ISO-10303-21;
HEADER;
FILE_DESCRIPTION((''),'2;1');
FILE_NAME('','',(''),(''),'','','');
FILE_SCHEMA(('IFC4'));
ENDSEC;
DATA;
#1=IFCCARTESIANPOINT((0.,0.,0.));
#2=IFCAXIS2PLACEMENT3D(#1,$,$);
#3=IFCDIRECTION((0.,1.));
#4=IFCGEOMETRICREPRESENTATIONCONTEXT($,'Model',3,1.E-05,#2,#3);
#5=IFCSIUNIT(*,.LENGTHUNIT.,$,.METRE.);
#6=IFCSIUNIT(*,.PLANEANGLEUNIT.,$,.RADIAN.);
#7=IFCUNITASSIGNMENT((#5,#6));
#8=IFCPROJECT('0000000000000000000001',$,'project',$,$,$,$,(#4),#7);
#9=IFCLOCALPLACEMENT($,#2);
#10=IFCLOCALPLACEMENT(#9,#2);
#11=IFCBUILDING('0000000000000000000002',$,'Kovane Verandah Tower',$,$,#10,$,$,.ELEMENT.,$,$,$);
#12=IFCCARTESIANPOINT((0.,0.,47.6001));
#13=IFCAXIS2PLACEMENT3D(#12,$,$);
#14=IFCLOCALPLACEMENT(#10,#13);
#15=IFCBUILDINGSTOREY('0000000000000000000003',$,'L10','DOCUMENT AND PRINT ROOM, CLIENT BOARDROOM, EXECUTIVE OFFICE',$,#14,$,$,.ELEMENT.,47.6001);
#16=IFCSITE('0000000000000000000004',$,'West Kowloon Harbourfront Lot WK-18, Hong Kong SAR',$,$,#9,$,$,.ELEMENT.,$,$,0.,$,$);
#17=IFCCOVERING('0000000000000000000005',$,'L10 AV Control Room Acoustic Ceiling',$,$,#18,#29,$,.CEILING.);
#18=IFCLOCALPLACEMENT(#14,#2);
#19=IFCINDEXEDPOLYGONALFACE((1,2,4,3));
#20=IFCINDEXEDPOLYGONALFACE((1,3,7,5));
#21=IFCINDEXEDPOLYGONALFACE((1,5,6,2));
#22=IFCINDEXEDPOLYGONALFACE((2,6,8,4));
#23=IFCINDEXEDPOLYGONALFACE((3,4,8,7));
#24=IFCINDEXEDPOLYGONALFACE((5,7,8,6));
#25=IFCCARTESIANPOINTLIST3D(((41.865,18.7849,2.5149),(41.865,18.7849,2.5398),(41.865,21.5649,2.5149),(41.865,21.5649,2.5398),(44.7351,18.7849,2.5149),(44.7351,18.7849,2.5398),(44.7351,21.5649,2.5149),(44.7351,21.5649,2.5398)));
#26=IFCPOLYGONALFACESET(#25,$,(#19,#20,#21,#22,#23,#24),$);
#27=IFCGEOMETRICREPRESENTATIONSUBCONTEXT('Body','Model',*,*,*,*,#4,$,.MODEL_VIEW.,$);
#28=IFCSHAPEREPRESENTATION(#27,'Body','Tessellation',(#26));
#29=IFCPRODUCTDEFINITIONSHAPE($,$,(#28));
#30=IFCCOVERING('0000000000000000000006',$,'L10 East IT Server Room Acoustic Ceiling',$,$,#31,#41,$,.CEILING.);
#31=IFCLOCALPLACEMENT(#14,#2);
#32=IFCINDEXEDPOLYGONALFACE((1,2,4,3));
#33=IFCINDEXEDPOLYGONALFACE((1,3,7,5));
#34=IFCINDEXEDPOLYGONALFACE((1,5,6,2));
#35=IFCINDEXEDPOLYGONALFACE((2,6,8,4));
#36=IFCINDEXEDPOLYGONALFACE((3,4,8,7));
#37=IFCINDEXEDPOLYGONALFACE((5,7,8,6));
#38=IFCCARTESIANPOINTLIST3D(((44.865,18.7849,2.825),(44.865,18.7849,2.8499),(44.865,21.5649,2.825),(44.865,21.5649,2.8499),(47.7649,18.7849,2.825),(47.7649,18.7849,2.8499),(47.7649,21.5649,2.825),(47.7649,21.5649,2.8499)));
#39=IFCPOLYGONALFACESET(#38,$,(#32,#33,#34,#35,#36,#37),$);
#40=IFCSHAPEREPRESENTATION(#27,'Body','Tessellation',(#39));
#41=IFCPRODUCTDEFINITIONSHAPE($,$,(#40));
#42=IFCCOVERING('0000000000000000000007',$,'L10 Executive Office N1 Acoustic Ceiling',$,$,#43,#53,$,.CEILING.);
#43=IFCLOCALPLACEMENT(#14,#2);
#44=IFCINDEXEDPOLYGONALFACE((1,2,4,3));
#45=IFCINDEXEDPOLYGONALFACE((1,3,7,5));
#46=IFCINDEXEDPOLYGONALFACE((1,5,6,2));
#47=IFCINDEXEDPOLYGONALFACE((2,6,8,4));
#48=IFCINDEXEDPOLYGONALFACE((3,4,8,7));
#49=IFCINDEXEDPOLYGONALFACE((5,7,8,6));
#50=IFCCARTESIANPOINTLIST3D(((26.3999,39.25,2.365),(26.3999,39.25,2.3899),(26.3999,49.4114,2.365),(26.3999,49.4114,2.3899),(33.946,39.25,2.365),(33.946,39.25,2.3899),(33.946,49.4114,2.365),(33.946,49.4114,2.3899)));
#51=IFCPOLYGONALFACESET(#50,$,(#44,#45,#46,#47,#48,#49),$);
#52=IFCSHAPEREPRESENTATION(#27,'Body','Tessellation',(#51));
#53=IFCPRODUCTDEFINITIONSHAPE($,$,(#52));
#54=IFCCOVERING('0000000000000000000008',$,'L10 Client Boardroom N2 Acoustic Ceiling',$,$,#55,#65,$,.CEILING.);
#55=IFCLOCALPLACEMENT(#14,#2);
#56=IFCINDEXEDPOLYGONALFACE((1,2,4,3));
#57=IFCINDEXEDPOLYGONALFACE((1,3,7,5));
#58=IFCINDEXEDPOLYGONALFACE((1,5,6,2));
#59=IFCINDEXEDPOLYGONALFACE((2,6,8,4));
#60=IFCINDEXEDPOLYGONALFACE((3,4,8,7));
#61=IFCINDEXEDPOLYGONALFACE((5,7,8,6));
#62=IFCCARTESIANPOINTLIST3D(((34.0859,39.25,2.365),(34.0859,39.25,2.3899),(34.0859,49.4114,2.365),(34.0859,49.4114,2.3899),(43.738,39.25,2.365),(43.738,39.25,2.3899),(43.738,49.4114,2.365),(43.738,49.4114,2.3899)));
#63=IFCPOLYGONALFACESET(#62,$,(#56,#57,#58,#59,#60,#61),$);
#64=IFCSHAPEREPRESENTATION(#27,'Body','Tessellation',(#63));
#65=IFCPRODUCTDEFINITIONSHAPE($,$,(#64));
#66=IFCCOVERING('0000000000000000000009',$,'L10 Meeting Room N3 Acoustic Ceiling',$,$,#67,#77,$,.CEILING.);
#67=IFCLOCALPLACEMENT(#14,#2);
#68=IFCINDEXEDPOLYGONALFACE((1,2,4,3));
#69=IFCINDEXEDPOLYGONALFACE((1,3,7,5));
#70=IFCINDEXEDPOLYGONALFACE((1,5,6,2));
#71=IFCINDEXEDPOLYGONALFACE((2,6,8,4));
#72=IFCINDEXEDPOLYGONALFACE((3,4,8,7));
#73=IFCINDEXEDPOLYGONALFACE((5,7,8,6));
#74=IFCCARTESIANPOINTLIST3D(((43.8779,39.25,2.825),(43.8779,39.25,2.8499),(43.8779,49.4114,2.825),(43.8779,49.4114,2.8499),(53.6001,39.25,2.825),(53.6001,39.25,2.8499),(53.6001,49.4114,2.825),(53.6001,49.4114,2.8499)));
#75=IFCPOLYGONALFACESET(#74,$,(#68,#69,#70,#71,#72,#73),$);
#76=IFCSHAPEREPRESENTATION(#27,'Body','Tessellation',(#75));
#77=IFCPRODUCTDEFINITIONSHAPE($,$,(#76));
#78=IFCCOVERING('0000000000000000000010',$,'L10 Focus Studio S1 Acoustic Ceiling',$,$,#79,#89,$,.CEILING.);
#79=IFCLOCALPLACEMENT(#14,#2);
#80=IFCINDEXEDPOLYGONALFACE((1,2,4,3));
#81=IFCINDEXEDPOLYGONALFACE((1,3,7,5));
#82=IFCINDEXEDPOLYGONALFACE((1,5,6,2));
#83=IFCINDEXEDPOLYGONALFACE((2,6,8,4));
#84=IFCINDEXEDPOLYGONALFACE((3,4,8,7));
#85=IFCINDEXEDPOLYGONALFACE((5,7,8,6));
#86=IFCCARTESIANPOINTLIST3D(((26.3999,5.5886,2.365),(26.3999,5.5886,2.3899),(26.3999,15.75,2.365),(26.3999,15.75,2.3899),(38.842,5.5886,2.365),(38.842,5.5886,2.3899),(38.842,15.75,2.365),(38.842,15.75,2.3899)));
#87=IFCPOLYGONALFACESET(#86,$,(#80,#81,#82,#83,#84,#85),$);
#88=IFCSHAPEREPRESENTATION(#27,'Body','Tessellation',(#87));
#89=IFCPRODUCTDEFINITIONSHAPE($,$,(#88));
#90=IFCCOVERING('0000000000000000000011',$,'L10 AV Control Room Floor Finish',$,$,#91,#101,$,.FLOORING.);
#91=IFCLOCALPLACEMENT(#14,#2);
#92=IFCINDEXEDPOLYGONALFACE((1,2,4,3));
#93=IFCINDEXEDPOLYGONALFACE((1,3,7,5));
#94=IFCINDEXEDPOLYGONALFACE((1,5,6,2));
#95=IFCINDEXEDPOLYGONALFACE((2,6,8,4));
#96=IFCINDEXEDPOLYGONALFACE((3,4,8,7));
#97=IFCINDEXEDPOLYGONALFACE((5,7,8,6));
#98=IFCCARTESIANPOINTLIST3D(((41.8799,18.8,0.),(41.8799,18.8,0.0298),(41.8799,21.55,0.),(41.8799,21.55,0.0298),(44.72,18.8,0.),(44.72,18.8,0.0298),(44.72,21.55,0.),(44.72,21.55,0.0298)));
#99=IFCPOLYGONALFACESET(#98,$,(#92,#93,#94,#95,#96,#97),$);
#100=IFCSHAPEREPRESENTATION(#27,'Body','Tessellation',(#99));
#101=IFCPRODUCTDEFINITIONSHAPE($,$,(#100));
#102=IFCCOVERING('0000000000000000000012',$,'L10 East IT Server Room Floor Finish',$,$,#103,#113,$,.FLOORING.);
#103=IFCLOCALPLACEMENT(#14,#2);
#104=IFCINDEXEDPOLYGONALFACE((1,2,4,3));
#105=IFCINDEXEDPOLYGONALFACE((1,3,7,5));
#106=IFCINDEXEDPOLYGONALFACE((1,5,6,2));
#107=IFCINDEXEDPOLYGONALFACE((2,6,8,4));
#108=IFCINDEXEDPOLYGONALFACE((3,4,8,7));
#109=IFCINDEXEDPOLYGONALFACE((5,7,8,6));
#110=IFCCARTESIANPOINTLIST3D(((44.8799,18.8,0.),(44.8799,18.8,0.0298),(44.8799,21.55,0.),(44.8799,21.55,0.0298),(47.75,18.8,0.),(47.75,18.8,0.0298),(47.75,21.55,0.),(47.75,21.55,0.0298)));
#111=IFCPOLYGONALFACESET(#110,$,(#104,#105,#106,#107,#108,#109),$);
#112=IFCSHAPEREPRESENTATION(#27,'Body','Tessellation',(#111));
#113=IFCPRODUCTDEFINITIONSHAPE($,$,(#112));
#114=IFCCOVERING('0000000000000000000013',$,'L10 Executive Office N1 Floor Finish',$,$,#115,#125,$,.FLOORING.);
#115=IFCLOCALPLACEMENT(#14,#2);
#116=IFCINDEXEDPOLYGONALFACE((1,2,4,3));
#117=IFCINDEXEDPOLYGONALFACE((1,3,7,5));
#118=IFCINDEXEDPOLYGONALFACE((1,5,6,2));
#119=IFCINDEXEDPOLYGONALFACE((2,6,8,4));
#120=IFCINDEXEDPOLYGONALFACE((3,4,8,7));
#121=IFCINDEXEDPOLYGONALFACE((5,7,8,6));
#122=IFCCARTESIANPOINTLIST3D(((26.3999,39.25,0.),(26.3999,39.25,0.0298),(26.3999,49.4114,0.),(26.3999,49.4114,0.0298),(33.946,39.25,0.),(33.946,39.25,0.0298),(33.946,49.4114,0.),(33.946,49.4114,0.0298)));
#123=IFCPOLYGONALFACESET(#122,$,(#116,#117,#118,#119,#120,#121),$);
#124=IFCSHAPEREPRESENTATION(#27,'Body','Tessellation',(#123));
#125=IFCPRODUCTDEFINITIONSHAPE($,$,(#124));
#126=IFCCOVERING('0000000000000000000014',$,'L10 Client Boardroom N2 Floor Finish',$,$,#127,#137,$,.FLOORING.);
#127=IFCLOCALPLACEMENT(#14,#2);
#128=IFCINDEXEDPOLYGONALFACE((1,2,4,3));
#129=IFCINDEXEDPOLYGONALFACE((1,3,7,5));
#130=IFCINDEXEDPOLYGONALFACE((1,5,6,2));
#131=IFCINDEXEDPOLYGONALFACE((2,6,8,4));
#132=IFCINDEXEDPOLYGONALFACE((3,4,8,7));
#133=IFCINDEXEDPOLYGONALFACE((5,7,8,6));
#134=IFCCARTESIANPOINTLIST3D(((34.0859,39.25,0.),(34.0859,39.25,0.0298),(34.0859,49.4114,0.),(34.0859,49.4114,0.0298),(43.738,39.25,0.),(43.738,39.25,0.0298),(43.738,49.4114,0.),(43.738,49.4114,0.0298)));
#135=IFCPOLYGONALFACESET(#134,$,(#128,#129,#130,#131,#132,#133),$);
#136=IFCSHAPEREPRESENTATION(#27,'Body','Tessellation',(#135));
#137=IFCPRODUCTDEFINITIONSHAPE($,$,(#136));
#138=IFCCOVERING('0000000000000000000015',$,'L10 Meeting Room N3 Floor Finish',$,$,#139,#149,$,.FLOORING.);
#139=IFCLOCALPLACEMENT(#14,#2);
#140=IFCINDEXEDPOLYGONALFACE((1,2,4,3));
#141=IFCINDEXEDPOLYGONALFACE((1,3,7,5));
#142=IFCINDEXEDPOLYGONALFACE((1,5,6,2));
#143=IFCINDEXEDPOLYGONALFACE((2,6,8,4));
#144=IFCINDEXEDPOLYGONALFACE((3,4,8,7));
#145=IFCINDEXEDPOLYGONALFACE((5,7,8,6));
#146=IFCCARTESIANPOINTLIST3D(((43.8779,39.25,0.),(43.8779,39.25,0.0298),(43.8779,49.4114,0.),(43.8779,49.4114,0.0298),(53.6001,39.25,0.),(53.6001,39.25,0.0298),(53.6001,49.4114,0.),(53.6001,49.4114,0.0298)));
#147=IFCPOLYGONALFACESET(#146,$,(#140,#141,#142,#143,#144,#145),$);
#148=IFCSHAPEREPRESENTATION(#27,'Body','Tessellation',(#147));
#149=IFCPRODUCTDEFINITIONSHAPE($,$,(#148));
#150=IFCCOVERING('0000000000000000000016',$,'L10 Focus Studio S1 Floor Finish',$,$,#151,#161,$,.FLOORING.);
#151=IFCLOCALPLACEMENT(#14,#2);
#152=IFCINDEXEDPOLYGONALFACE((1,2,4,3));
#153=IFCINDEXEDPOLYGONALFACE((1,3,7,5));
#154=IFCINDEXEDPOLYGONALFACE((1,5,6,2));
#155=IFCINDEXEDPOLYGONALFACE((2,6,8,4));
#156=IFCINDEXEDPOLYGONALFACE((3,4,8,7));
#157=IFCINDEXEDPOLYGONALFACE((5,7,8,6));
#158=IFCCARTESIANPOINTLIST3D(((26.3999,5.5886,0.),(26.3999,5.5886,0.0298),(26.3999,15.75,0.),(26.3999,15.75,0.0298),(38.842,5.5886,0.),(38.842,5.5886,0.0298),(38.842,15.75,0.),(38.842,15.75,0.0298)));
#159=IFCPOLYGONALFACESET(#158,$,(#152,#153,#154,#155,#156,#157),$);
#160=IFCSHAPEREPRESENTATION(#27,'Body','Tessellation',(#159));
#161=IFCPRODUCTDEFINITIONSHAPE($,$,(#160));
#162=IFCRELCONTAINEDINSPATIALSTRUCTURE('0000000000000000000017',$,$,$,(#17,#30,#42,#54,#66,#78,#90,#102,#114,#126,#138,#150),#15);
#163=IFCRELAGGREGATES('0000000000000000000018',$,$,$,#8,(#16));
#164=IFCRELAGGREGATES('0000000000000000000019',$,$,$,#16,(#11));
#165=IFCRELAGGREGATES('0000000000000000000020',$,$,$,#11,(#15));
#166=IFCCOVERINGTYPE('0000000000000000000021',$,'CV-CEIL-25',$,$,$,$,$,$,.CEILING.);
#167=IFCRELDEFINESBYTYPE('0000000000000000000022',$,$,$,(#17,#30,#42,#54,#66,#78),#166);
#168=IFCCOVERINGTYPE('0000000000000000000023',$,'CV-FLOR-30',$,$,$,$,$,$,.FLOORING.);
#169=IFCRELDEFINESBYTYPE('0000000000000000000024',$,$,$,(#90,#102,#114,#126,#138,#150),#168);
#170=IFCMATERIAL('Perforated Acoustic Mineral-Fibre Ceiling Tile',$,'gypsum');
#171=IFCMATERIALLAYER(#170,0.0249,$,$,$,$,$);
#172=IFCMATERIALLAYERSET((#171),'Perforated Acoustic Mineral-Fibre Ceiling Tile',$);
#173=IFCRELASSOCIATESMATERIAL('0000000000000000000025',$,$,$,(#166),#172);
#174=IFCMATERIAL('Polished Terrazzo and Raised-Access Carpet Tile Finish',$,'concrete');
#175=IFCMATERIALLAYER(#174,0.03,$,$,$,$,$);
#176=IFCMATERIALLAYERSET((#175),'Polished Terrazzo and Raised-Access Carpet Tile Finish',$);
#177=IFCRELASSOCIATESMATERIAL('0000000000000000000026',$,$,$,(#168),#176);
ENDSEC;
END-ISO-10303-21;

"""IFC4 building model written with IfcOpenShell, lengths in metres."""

from ifc_helpers import new_model, si_unit, direction, frame, origin, place, context, subcontext, project, spatial, polyline, outline, extrude, material, layer, layer_set, type_object, element, save


model = new_model("IFC4")

# Units and contexts
model_context = context("Model", 3, precision=1e-05, world=origin(), true_north=direction((0.0, 1.0)))
body_context = subcontext(model_context, "Body", "Model", "MODEL_VIEW")
ifc_project = project(units=[si_unit("LENGTHUNIT", "METRE"), si_unit("PLANEANGLEUNIT", "RADIAN")], contexts=[model_context])

# Site, building, storey
site_placement = place(None, origin())
site = spatial("IfcSite", under=ifc_project, at=site_placement, Name="West Kowloon Harbourfront Lot WK-18, Hong Kong SAR", CompositionType="ELEMENT", RefElevation=0.0)
building_placement = place(site_placement, origin())
building = spatial("IfcBuilding", under=site, at=building_placement, Name="Kovane Verandah Tower", CompositionType="ELEMENT")
storey_placement = place(building_placement, frame((0.0, 0.0, 47.6001)))
storey = spatial("IfcBuildingStorey", under=building, at=storey_placement, Name="L10", Description="DOCUMENT AND PRINT ROOM, CLIENT BOARDROOM, EXECUTIVE OFFICE", CompositionType="ELEMENT", Elevation=47.6001)

# Coverings
ifc_material_1 = material(Name="Perforated Acoustic Mineral-Fibre Ceiling Tile", Category="gypsum")
ifc_layer_1 = layer(ifc_material_1, 0.0249)
ifc_layer_set_1 = layer_set([ifc_layer_1], Name="Perforated Acoustic Mineral-Fibre Ceiling Tile")
covering_type_1 = type_object("IfcCoveringType", Name="CV-CEIL-25", PredefinedType="CEILING", material=ifc_layer_set_1)
covering_1_placement = place(storey_placement, frame((0.0, 0.0, 2.5149)))
element("IfcCovering", 1, at=covering_1_placement, inside=storey, type_object=covering_type_1, Name="L10 AV Control Room Acoustic Ceiling", PredefinedType="CEILING", context=body_context, shape_type="SweptSolid", body=[
    extrude(outline(polyline([(41.865, 18.7849), (44.7351, 18.7849), (44.7351, 21.5649), (41.865, 21.5649), (41.865, 18.7849)])), origin(), (0.0, 0.0, 1.0), 0.0249),
])
covering_2_placement = place(storey_placement, frame((0.0, 0.0, 2.825)))
element("IfcCovering", 2, at=covering_2_placement, inside=storey, type_object=covering_type_1, Name="L10 East IT Server Room Acoustic Ceiling", PredefinedType="CEILING", context=body_context, shape_type="SweptSolid", body=[
    extrude(outline(polyline([(44.865, 18.7849), (47.7649, 18.7849), (47.7649, 21.5649), (44.865, 21.5649), (44.865, 18.7849)])), origin(), (0.0, 0.0, 1.0), 0.0249),
])
covering_3_placement = place(storey_placement, frame((0.0, 0.0, 2.365)))
element("IfcCovering", 3, at=covering_3_placement, inside=storey, type_object=covering_type_1, Name="L10 Executive Office N1 Acoustic Ceiling", PredefinedType="CEILING", context=body_context, shape_type="SweptSolid", body=[
    extrude(outline(polyline([(26.3999, 39.25), (33.946, 39.25), (33.946, 49.4114), (26.3999, 49.4114), (26.3999, 39.25)])), origin(), (0.0, 0.0, 1.0), 0.0249),
])
covering_4_placement = place(storey_placement, frame((0.0, 0.0, 2.365)))
element("IfcCovering", 4, at=covering_4_placement, inside=storey, type_object=covering_type_1, Name="L10 Client Boardroom N2 Acoustic Ceiling", PredefinedType="CEILING", context=body_context, shape_type="SweptSolid", body=[
    extrude(outline(polyline([(34.0859, 39.25), (43.738, 39.25), (43.738, 49.4114), (34.0859, 49.4114), (34.0859, 39.25)])), origin(), (0.0, 0.0, 1.0), 0.0249),
])
covering_5_placement = place(storey_placement, frame((0.0, 0.0, 2.825)))
element("IfcCovering", 5, at=covering_5_placement, inside=storey, type_object=covering_type_1, Name="L10 Meeting Room N3 Acoustic Ceiling", PredefinedType="CEILING", context=body_context, shape_type="SweptSolid", body=[
    extrude(outline(polyline([(43.8779, 39.25), (53.6001, 39.25), (53.6001, 49.4114), (43.8779, 49.4114), (43.8779, 39.25)])), origin(), (0.0, 0.0, 1.0), 0.0249),
])
covering_6_placement = place(storey_placement, frame((0.0, 0.0, 2.365)))
element("IfcCovering", 6, at=covering_6_placement, inside=storey, type_object=covering_type_1, Name="L10 Focus Studio S1 Acoustic Ceiling", PredefinedType="CEILING", context=body_context, shape_type="SweptSolid", body=[
    extrude(outline(polyline([(26.3999, 5.5886), (38.842, 5.5886), (38.842, 15.75), (26.3999, 15.75), (26.3999, 5.5886)])), origin(), (0.0, 0.0, 1.0), 0.0249),
])
ifc_material_2 = material(Name="Polished Terrazzo and Raised-Access Carpet Tile Finish", Category="concrete")
ifc_layer_2 = layer(ifc_material_2, 0.03)
ifc_layer_set_2 = layer_set([ifc_layer_2], Name="Polished Terrazzo and Raised-Access Carpet Tile Finish")
covering_type_2 = type_object("IfcCoveringType", Name="CV-FLOR-30", PredefinedType="FLOORING", material=ifc_layer_set_2)
covering_7_placement = place(storey_placement, origin())
element("IfcCovering", 7, at=covering_7_placement, inside=storey, type_object=covering_type_2, Name="L10 AV Control Room Floor Finish", PredefinedType="FLOORING", context=body_context, shape_type="SweptSolid", body=[
    extrude(outline(polyline([(41.8799, 18.8), (44.72, 18.8), (44.72, 21.55), (41.8799, 21.55), (41.8799, 18.8)])), origin(), (0.0, 0.0, 1.0), 0.0298),
])
covering_8_placement = place(storey_placement, origin())
element("IfcCovering", 8, at=covering_8_placement, inside=storey, type_object=covering_type_2, Name="L10 East IT Server Room Floor Finish", PredefinedType="FLOORING", context=body_context, shape_type="SweptSolid", body=[
    extrude(outline(polyline([(44.8799, 18.8), (47.75, 18.8), (47.75, 21.55), (44.8799, 21.55), (44.8799, 18.8)])), origin(), (0.0, 0.0, 1.0), 0.0298),
])
covering_9_placement = place(storey_placement, origin())
element("IfcCovering", 9, at=covering_9_placement, inside=storey, type_object=covering_type_2, Name="L10 Executive Office N1 Floor Finish", PredefinedType="FLOORING", context=body_context, shape_type="SweptSolid", body=[
    extrude(outline(polyline([(26.3999, 39.25), (33.946, 39.25), (33.946, 49.4114), (26.3999, 49.4114), (26.3999, 39.25)])), origin(), (0.0, 0.0, 1.0), 0.0298),
])
covering_10_placement = place(storey_placement, origin())
element("IfcCovering", 10, at=covering_10_placement, inside=storey, type_object=covering_type_2, Name="L10 Client Boardroom N2 Floor Finish", PredefinedType="FLOORING", context=body_context, shape_type="SweptSolid", body=[
    extrude(outline(polyline([(34.0859, 39.25), (43.738, 39.25), (43.738, 49.4114), (34.0859, 49.4114), (34.0859, 39.25)])), origin(), (0.0, 0.0, 1.0), 0.0298),
])
covering_11_placement = place(storey_placement, origin())
element("IfcCovering", 11, at=covering_11_placement, inside=storey, type_object=covering_type_2, Name="L10 Meeting Room N3 Floor Finish", PredefinedType="FLOORING", context=body_context, shape_type="SweptSolid", body=[
    extrude(outline(polyline([(43.8779, 39.25), (53.6001, 39.25), (53.6001, 49.4114), (43.8779, 49.4114), (43.8779, 39.25)])), origin(), (0.0, 0.0, 1.0), 0.0298),
])
covering_12_placement = place(storey_placement, origin())
element("IfcCovering", 12, at=covering_12_placement, inside=storey, type_object=covering_type_2, Name="L10 Focus Studio S1 Floor Finish", PredefinedType="FLOORING", context=body_context, shape_type="SweptSolid", body=[
    extrude(outline(polyline([(26.3999, 5.5886), (38.842, 5.5886), (38.842, 15.75), (26.3999, 15.75), (26.3999, 5.5886)])), origin(), (0.0, 0.0, 1.0), 0.0298),
])

save(model, "model.ifc")
